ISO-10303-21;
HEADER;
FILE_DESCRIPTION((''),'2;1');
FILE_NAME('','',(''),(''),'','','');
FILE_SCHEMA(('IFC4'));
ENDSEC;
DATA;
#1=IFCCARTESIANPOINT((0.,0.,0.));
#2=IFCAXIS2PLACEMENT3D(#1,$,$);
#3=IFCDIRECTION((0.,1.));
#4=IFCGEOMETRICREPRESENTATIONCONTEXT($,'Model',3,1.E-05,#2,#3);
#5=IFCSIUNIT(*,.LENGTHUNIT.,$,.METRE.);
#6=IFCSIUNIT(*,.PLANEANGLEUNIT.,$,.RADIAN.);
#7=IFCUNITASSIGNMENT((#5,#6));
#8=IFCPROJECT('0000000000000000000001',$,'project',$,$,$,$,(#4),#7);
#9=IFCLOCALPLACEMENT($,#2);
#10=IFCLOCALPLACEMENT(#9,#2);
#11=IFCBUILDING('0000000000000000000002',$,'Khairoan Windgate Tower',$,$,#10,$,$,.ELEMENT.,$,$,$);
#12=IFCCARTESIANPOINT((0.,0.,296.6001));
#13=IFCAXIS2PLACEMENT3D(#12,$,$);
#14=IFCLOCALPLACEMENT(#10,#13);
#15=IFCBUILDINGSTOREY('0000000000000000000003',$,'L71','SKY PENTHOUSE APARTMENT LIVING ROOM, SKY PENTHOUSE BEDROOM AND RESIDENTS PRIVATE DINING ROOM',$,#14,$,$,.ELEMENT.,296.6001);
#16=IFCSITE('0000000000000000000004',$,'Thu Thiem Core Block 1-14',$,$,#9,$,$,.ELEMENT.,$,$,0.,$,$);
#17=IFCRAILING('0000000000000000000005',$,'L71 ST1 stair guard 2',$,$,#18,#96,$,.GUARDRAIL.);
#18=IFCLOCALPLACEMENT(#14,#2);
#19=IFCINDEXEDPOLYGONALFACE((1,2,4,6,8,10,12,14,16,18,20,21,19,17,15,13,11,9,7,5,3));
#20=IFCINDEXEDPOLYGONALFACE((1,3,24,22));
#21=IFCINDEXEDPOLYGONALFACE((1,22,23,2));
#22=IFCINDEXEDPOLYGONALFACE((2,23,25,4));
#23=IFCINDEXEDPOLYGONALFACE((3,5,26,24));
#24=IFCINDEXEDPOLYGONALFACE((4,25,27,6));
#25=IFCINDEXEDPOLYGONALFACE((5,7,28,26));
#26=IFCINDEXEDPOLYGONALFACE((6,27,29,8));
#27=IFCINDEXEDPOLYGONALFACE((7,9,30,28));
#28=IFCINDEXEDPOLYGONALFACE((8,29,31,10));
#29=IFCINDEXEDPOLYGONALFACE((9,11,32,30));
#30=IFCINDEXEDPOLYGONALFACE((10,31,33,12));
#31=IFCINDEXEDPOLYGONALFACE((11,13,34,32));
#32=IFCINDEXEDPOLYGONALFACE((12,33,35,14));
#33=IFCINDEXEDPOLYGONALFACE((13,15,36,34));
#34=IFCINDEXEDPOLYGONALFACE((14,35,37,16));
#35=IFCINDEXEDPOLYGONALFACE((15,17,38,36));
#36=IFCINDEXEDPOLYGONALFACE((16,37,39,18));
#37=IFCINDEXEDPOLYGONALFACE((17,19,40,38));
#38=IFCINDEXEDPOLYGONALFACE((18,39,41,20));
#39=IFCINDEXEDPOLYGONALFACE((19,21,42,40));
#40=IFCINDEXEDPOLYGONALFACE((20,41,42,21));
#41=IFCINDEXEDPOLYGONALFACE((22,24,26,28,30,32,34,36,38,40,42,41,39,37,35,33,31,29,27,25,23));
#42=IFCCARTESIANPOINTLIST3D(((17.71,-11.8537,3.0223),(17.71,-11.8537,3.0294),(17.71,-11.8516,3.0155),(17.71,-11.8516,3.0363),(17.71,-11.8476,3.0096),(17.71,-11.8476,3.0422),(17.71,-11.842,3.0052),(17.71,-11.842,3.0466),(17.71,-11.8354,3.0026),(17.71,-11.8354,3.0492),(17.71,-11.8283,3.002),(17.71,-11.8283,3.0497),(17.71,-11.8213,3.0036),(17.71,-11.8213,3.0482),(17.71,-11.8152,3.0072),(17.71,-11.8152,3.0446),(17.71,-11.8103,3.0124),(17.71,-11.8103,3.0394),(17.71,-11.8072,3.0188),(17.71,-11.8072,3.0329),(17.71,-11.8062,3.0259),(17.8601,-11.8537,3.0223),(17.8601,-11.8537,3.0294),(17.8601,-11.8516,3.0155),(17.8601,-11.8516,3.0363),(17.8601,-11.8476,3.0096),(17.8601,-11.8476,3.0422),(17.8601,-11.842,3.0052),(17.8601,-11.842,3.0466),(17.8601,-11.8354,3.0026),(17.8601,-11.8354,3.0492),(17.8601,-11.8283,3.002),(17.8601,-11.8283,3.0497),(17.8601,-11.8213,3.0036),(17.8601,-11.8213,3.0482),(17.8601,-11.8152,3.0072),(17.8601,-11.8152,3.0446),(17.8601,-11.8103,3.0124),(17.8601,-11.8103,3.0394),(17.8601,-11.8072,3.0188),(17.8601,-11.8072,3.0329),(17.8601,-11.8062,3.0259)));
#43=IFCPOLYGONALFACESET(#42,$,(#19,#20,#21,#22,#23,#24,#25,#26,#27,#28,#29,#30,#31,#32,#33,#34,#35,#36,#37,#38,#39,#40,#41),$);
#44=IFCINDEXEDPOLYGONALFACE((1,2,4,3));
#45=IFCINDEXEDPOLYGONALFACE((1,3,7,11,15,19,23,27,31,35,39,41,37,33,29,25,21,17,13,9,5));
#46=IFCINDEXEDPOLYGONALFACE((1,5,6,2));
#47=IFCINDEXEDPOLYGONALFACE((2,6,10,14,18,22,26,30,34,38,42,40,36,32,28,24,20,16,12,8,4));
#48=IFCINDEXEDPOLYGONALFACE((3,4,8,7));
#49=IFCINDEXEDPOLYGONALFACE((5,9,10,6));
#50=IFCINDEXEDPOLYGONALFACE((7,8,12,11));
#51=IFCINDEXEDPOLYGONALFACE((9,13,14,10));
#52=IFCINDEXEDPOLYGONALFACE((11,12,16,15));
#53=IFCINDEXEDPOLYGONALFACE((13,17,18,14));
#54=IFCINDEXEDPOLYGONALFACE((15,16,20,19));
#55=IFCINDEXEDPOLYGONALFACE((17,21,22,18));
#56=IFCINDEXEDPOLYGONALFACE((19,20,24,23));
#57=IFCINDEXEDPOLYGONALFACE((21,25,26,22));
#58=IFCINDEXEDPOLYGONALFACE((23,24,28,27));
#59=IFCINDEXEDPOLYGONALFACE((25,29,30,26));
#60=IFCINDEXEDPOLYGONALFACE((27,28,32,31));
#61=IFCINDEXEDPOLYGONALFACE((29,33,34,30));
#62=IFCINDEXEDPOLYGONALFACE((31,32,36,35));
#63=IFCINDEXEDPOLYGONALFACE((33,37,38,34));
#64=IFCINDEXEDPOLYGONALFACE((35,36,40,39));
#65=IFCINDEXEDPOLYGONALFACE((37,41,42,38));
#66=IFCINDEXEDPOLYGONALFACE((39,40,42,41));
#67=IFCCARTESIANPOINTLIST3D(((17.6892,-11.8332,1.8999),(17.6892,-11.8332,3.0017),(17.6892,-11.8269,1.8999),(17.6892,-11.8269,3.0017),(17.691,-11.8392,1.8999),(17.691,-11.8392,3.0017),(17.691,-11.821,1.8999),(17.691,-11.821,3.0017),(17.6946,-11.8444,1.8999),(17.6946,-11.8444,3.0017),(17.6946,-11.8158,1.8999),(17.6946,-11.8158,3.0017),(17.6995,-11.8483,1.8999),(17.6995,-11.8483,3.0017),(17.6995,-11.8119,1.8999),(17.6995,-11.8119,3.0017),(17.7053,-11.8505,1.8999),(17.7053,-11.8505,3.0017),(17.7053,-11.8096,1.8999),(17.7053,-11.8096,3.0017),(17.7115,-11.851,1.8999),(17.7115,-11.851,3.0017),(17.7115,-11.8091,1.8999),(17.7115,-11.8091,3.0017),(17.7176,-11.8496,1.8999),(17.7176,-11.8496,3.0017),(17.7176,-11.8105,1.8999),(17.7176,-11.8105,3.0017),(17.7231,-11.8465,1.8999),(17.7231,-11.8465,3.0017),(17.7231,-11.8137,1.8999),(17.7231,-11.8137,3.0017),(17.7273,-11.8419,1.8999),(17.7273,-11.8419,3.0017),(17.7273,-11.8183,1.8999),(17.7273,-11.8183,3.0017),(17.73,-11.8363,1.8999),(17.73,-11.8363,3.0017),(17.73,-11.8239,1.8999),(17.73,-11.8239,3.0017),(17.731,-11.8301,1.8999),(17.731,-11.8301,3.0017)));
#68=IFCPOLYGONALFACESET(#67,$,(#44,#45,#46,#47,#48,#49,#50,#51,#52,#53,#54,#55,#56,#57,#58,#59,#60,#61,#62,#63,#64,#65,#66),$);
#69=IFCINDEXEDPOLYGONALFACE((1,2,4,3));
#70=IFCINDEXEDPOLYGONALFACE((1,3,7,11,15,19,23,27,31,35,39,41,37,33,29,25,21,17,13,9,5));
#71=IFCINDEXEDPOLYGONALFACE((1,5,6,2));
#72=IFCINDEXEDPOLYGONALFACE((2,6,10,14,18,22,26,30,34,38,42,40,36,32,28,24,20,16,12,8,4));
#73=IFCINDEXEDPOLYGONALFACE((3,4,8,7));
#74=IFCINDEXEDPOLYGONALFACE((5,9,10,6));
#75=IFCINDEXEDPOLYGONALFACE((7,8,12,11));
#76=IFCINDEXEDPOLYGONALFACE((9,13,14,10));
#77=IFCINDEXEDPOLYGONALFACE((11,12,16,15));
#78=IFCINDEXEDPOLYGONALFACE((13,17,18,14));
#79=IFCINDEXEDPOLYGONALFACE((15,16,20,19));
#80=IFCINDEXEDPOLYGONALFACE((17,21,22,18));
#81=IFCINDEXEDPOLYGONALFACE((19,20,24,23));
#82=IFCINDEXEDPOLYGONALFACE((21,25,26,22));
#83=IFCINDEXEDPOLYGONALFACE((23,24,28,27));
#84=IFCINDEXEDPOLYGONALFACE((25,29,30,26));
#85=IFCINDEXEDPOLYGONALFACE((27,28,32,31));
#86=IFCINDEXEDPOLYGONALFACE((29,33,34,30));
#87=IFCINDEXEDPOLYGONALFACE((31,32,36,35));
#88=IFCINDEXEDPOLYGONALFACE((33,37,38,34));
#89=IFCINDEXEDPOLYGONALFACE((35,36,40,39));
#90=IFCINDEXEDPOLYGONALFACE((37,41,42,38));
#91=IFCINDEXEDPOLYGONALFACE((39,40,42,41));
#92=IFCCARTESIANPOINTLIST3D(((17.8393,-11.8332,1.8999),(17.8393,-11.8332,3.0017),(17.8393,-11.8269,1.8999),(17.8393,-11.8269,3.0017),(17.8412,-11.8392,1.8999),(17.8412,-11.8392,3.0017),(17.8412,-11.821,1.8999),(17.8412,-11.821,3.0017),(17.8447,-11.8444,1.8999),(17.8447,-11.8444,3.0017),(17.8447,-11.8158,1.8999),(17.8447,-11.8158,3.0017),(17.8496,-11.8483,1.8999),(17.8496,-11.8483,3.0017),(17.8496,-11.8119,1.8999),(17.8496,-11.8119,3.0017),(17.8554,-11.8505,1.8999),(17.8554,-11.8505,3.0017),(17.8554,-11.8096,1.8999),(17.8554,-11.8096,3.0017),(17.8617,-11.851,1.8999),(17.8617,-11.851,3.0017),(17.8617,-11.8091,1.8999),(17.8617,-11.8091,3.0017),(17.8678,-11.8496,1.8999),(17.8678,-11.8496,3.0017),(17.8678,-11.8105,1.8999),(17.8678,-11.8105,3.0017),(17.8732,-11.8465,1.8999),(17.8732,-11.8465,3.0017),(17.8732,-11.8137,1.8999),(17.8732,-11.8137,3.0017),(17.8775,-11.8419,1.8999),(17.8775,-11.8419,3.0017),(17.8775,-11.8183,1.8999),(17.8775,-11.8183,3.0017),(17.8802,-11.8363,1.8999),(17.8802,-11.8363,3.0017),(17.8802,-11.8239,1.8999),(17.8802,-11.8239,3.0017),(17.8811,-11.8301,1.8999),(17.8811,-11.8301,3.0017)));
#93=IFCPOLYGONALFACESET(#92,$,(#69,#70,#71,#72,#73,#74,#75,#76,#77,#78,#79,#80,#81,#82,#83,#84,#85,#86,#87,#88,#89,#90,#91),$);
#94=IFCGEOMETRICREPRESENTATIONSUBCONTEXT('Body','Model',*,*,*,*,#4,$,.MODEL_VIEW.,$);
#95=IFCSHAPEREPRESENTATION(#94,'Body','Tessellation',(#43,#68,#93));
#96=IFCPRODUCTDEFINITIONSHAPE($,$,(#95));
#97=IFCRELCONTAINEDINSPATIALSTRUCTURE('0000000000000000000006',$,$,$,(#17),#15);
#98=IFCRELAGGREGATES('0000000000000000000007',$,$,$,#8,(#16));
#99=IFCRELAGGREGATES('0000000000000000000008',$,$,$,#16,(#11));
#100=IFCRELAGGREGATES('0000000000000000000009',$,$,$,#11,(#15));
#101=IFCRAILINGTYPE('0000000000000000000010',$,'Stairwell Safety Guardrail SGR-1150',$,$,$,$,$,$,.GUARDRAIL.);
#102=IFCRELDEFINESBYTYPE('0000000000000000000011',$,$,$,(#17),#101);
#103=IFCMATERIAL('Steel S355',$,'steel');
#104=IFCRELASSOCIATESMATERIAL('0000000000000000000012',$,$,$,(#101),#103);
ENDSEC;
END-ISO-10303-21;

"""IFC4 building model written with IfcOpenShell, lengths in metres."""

from ifc_helpers import new_model, si_unit, direction, frame, origin, origin_2d, place, context, subcontext, project, spatial, circle, extrude, material, type_object, element, save


model = new_model("IFC4")

# Units and contexts
model_context = context("Model", 3, precision=1e-05, world=origin(), true_north=direction((0.0, 1.0)))
body_context = subcontext(model_context, "Body", "Model", "MODEL_VIEW")
ifc_project = project(units=[si_unit("LENGTHUNIT", "METRE"), si_unit("PLANEANGLEUNIT", "RADIAN")], contexts=[model_context])

# Site, building, storey
site_placement = place(None, origin())
site = spatial("IfcSite", under=ifc_project, at=site_placement, Name="Thu Thiem Core Block 1-14", CompositionType="ELEMENT", RefElevation=0.0)
building_placement = place(site_placement, origin())
building = spatial("IfcBuilding", under=site, at=building_placement, Name="Khairoan Windgate Tower", CompositionType="ELEMENT")
storey_placement = place(building_placement, frame((0.0, 0.0, 296.6001)))
storey = spatial("IfcBuildingStorey", under=building, at=storey_placement, Name="L71", Description="SKY PENTHOUSE APARTMENT LIVING ROOM, SKY PENTHOUSE BEDROOM AND RESIDENTS PRIVATE DINING ROOM", CompositionType="ELEMENT", Elevation=296.6001)

# Railing
ifc_material_1 = material(Name="Steel S355", Category="steel")
railing_type_1 = type_object("IfcRailingType", Name="Stairwell Safety Guardrail SGR-1150", PredefinedType="GUARDRAIL", material=ifc_material_1)
railing_1_placement = place(storey_placement, frame((17.71, -11.8301, 1.8999)))
element("IfcRailing", 1, at=railing_1_placement, inside=storey, type_object=railing_type_1, Name="L71 ST1 stair guard 2", PredefinedType="GUARDRAIL", context=body_context, shape_type="SweptSolid", body=[
    extrude(circle(Radius=0.0239, at=origin_2d()), frame((0.0, 0.0, 1.126), z_axis=(1.0, 0.0, 0.0), x_axis=(0.0, 1.0, 0.0)), (0.0, 0.0, 1.0), 0.1501),
    extrude(circle(Radius=0.021, at=origin_2d()), origin(), (0.0, 0.0, 1.0), 1.1018),
    extrude(circle(Radius=0.021, at=origin_2d()), frame((0.1501, 0.0, 0.0)), (0.0, 0.0, 1.0), 1.1018),
])

save(model, "model.ifc")
